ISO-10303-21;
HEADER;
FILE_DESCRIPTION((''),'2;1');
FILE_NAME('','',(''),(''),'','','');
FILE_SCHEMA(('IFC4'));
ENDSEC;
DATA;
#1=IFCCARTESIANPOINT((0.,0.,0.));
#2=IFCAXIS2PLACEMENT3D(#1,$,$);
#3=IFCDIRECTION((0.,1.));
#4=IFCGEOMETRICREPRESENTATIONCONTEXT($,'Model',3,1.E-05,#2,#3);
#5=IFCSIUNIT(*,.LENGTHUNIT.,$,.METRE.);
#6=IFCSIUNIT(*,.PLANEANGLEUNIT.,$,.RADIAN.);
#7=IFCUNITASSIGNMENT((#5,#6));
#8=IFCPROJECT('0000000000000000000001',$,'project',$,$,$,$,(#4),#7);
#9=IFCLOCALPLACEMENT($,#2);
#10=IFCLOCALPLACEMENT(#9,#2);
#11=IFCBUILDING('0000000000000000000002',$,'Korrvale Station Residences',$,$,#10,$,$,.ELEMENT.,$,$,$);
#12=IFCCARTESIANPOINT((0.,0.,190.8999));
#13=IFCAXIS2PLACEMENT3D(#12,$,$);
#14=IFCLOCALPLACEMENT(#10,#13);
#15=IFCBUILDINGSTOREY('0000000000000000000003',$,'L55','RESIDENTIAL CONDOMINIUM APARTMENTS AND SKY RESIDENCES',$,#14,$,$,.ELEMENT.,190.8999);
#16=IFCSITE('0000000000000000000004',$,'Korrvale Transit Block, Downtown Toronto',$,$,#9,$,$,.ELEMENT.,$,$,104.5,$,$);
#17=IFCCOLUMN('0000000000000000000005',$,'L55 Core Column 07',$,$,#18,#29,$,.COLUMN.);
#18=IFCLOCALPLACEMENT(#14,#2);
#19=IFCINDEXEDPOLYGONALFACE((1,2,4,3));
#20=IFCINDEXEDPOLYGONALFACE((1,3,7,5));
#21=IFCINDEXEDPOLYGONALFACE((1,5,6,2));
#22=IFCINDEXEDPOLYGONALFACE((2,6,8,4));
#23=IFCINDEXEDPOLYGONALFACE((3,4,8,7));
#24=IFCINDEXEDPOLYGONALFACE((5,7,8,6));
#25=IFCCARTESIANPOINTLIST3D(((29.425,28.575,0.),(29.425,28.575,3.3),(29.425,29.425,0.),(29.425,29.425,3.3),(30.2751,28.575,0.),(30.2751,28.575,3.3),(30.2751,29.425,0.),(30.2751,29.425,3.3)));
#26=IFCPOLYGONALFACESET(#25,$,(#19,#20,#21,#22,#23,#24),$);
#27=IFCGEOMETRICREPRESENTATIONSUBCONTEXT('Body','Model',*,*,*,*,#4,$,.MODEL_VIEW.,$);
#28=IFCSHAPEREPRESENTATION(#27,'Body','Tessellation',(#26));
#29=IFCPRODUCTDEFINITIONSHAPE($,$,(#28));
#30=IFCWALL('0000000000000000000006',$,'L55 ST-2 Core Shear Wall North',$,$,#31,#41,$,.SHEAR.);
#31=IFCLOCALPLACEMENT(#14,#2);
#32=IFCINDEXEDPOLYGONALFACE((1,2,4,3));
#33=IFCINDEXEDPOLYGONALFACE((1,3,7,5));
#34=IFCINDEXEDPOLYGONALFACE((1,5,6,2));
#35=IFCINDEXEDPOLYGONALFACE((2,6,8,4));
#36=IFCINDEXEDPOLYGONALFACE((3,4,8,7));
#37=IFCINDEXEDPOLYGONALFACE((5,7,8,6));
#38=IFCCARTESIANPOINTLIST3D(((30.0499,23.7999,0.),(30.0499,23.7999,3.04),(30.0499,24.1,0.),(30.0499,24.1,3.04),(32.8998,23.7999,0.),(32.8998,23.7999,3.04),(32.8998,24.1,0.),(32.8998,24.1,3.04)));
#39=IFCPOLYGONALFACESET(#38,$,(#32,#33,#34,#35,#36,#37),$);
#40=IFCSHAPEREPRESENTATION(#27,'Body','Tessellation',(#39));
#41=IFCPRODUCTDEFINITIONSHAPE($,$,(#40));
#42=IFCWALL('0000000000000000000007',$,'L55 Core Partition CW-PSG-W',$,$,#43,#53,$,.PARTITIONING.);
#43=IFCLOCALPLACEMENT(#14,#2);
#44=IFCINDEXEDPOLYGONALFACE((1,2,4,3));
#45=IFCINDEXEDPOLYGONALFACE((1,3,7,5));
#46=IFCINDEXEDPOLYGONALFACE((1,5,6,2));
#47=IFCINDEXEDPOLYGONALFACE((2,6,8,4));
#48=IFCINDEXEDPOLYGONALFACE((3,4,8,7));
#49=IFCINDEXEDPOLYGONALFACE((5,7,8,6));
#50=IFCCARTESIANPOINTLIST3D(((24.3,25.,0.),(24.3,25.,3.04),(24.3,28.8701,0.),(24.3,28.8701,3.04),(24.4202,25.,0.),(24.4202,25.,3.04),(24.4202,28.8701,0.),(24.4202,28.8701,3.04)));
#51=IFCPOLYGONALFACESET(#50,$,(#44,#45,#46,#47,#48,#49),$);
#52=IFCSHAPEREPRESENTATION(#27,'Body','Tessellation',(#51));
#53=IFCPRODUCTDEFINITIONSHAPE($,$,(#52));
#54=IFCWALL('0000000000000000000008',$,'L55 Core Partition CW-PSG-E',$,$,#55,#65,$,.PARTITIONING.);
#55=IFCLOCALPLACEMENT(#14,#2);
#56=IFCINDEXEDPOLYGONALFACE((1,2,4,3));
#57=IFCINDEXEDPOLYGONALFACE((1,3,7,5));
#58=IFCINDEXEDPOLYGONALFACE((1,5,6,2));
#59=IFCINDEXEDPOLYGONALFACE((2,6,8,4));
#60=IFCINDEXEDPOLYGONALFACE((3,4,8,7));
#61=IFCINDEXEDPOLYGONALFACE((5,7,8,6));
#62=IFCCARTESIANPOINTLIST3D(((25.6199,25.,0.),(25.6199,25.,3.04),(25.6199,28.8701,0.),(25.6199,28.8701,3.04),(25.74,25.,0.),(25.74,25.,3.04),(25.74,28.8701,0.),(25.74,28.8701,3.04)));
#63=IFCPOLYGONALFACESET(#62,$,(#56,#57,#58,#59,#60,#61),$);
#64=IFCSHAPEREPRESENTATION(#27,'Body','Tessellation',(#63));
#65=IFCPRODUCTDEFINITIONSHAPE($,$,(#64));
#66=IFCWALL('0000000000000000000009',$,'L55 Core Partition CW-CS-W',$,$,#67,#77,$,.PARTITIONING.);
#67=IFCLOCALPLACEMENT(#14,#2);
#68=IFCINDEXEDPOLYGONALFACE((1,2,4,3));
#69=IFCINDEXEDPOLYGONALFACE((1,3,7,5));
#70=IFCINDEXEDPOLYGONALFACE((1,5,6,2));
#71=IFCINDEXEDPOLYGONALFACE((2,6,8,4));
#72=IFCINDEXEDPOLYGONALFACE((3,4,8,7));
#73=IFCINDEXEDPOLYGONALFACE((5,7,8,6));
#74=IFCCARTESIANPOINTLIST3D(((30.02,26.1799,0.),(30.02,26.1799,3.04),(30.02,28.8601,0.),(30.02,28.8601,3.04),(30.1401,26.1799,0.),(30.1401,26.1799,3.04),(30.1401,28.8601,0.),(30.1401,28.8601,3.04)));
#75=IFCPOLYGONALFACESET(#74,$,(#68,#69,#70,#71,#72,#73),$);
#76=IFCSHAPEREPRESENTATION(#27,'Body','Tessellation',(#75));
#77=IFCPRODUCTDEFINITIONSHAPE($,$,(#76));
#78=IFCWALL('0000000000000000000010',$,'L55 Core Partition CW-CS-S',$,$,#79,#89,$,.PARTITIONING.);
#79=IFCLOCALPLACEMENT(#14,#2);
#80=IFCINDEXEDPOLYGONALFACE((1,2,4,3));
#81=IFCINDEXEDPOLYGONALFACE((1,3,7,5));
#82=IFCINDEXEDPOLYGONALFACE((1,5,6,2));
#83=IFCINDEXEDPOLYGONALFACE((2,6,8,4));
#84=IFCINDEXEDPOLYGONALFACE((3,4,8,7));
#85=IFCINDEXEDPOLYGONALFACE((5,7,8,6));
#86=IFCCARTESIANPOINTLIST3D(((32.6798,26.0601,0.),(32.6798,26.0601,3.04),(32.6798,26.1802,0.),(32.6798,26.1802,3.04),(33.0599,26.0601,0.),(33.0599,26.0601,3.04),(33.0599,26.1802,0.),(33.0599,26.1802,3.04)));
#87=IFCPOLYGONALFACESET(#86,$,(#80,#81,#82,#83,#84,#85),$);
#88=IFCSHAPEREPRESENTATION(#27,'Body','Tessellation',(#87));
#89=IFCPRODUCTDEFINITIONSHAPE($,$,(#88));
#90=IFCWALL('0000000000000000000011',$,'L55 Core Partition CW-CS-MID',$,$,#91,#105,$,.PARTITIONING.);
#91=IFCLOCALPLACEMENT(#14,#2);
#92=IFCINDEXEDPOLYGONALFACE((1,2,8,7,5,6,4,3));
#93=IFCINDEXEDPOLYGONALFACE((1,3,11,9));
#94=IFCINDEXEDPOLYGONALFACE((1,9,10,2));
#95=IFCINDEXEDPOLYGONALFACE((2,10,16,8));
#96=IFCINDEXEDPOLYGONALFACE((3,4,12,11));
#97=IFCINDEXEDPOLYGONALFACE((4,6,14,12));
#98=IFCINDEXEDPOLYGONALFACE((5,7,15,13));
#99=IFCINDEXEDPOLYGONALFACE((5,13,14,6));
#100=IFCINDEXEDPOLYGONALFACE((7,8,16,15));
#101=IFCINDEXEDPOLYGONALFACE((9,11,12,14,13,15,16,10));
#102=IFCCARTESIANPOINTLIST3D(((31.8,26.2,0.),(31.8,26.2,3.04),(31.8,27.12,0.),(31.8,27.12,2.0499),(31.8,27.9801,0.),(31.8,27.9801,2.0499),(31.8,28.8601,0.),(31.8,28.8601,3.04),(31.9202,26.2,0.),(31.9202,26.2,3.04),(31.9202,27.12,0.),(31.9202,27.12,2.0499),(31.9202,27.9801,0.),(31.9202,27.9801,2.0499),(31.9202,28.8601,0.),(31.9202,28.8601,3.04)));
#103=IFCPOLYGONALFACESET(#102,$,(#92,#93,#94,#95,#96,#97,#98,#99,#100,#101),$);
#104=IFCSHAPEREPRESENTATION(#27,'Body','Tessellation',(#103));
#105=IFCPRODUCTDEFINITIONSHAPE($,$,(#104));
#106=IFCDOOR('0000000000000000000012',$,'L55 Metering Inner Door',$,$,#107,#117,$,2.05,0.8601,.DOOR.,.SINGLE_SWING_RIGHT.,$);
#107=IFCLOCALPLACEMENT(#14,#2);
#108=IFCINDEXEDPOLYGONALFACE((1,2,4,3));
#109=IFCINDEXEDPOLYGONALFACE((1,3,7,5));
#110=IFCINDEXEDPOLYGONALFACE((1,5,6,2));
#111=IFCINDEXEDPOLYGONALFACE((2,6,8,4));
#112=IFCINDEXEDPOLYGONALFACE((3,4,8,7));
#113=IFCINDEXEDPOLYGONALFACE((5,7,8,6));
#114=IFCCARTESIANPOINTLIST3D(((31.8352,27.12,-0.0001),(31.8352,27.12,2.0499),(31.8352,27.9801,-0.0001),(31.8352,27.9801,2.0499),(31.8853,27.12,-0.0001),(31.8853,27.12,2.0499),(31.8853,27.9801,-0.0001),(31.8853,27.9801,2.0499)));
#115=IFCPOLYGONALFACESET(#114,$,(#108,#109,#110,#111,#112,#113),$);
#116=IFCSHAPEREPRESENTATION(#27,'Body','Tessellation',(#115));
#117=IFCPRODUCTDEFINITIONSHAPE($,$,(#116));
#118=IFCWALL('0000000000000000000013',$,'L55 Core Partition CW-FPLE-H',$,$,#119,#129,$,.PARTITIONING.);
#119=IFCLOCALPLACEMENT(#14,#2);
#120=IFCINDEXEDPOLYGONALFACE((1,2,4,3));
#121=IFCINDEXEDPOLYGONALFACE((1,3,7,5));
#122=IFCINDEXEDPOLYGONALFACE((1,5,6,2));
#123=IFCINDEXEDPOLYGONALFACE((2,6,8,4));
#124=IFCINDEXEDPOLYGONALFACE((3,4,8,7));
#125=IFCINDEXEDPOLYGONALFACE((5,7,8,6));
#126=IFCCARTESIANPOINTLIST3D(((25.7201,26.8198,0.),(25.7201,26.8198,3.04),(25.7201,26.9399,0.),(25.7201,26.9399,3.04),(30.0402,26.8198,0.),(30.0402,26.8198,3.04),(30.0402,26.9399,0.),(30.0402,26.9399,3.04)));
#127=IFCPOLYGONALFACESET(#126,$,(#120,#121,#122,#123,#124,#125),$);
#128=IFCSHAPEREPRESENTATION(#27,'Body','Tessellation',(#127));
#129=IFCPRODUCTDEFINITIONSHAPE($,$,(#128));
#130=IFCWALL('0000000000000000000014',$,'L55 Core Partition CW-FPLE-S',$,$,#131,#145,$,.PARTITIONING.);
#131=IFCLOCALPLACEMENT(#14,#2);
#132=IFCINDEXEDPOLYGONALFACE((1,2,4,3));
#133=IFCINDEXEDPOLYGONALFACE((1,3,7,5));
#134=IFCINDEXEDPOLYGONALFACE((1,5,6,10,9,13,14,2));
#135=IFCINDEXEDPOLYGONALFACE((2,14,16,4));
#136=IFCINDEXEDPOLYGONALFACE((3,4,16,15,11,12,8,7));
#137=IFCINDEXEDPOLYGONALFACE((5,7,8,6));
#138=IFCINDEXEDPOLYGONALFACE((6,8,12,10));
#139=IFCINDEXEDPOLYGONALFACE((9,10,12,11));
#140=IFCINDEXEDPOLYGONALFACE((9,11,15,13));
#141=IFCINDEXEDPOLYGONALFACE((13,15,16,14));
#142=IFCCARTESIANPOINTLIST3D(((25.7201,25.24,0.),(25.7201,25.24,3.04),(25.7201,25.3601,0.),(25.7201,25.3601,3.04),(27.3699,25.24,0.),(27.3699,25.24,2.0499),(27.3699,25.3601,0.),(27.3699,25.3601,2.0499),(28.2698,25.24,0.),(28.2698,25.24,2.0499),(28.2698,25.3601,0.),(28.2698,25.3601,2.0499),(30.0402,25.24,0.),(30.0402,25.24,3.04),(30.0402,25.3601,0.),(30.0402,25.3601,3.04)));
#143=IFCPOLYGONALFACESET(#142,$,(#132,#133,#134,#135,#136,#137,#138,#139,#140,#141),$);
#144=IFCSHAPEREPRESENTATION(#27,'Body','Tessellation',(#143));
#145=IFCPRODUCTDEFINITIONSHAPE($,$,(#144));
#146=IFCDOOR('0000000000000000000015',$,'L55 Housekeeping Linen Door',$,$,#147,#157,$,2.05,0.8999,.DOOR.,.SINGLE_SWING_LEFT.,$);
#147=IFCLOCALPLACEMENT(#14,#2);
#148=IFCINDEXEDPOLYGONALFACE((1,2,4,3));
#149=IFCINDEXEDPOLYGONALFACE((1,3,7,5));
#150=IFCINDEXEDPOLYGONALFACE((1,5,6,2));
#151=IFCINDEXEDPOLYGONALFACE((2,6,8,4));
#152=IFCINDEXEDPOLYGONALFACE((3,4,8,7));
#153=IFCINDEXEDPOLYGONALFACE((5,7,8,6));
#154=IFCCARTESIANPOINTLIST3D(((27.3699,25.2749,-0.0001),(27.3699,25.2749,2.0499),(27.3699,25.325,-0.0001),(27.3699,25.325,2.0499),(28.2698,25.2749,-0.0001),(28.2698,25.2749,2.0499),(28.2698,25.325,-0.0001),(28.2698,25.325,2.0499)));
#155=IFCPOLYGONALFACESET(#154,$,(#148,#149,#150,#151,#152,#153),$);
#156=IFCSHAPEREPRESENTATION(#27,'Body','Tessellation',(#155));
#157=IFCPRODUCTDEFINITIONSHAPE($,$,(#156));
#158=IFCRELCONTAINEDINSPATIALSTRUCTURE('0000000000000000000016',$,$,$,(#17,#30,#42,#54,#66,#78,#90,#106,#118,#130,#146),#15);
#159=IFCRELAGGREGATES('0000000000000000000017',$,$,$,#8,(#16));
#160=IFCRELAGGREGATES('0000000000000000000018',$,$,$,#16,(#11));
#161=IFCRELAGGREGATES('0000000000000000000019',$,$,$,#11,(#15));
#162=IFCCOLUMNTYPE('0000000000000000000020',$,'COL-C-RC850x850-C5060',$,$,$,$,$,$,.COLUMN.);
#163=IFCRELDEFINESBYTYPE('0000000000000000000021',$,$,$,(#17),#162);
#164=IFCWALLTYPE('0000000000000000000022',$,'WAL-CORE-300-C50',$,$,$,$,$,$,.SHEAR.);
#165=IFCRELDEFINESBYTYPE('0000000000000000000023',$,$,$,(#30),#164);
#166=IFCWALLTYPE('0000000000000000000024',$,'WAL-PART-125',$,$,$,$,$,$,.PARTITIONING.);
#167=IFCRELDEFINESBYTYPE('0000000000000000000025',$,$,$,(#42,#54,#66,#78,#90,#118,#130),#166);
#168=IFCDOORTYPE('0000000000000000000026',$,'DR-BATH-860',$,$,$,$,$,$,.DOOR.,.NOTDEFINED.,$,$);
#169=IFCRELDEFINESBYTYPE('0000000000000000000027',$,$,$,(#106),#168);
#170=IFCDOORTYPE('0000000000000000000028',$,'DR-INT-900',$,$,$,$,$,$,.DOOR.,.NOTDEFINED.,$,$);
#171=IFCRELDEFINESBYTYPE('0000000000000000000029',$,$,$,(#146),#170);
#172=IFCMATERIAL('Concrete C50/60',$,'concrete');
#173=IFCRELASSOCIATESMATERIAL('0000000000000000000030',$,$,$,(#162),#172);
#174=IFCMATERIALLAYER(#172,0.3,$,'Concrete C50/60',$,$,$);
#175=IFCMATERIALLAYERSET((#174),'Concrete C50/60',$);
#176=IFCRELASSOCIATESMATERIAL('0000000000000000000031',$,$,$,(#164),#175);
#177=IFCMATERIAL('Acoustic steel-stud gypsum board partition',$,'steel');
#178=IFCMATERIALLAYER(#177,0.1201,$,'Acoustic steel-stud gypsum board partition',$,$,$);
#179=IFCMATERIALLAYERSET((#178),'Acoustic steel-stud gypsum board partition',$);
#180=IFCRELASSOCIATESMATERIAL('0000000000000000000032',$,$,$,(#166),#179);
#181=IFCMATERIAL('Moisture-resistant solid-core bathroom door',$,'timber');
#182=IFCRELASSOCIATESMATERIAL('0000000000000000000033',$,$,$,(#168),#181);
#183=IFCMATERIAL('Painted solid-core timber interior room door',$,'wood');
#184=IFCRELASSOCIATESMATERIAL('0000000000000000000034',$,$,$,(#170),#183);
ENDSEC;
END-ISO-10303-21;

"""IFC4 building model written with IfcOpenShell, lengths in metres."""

from ifc_helpers import new_model, si_unit, direction, frame, frame_2d, origin, origin_2d, place, context, subcontext, project, spatial, rectangle, extrude, material, layer, layer_set, material_profile, profile_set, type_object, element, fill, save


model = new_model("IFC4")

# Units and contexts
model_context = context("Model", 3, precision=1e-05, world=origin(), true_north=direction((0.0, 1.0)))
body_context = subcontext(model_context, "Body", "Model", "MODEL_VIEW")
ifc_project = project(units=[si_unit("LENGTHUNIT", "METRE"), si_unit("PLANEANGLEUNIT", "RADIAN")], contexts=[model_context])

# Site, building, storey
site_placement = place(None, origin())
site = spatial("IfcSite", under=ifc_project, at=site_placement, Name="Korrvale Transit Block, Downtown Toronto", CompositionType="ELEMENT", RefElevation=104.5)
building_placement = place(site_placement, origin())
building = spatial("IfcBuilding", under=site, at=building_placement, Name="Korrvale Station Residences", CompositionType="ELEMENT")
storey_placement = place(building_placement, frame((0.0, 0.0, 190.8999)))
storey = spatial("IfcBuildingStorey", under=building, at=storey_placement, Name="L55", Description="RESIDENTIAL CONDOMINIUM APARTMENTS AND SKY RESIDENCES", CompositionType="ELEMENT", Elevation=190.8999)

# Column
ifc_material_1 = material(Name="Concrete C50/60", Category="concrete")
ifc_material_profile = material_profile(ifc_material_1, rectangle(XDim=0.8501, YDim=0.8501, at=origin_2d()), Name="RC850x850")
ifc_profile_set = profile_set([ifc_material_profile], Name="Concrete C50/60")
column_type = type_object("IfcColumnType", Name="COL-C-RC850x850-C5060", PredefinedType="COLUMN", material=ifc_profile_set)
column_placement = place(storey_placement, frame((29.8501, 29.0, 0.0), z_axis=(0.0, 0.0, 1.0), x_axis=(1.0, 0.0, 0.0)))
element("IfcColumn", 1, at=column_placement, inside=storey, type_object=column_type, Name="L55 Core Column 07", PredefinedType="COLUMN", context=body_context, shape_type="SweptSolid", body=[
    extrude(rectangle(XDim=0.8501, YDim=0.8501, at=origin_2d()), origin(), (0.0, 0.0, 1.0), 3.3),
])

# Walls
ifc_layer_1 = layer(ifc_material_1, 0.3, Name="Concrete C50/60")
ifc_layer_set_1 = layer_set([ifc_layer_1], Name="Concrete C50/60")
wall_type_1 = type_object("IfcWallType", Name="WAL-CORE-300-C50", PredefinedType="SHEAR", material=ifc_layer_set_1)
wall_1_placement = place(storey_placement, frame((30.05, 23.95, 0.0), z_axis=(0.0, 0.0, 1.0), x_axis=(1.0, 0.0, 0.0)))
element("IfcWall", 2, at=wall_1_placement, inside=storey, type_object=wall_type_1, Name="L55 ST-2 Core Shear Wall North", PredefinedType="SHEAR", context=body_context, shape_type="SweptSolid", body=[
    extrude(rectangle(XDim=2.8499, YDim=0.3, at=frame_2d((1.4248, 0.0))), origin(), (0.0, 0.0, 1.0), 3.04),
])
ifc_material_2 = material(Name="Acoustic steel-stud gypsum board partition", Category="steel")
ifc_layer_2 = layer(ifc_material_2, 0.1201, Name="Acoustic steel-stud gypsum board partition")
ifc_layer_set_2 = layer_set([ifc_layer_2], Name="Acoustic steel-stud gypsum board partition")
wall_type_2 = type_object("IfcWallType", Name="WAL-PART-125", PredefinedType="PARTITIONING", material=ifc_layer_set_2)
for number, where, z_axis, x_axis, name in (
    (3, (24.3601, 25.0, 0.0), (0.0, 0.0, 1.0), (0.0, 1.0, 0.0), "L55 Core Partition CW-PSG-W"),
    (4, (25.6799, 25.0, 0.0), (0.0, 0.0, 1.0), (0.0, 1.0, 0.0), "L55 Core Partition CW-PSG-E"),
):
    element("IfcWall", number, at=place(storey_placement, frame(where, z_axis=z_axis, x_axis=x_axis)), inside=storey, type_object=wall_type_2, Name=name, PredefinedType="PARTITIONING", context=body_context, shape_type="SweptSolid", body=[
        extrude(rectangle(XDim=3.8701, YDim=0.1201, at=frame_2d((1.9351, 0.0))), origin(), (0.0, 0.0, 1.0), 3.04),
    ])
wall_2_placement = place(storey_placement, frame((30.0801, 26.1799, 0.0), z_axis=(0.0, 0.0, 1.0), x_axis=(0.0, 1.0, 0.0)))
element("IfcWall", 5, at=wall_2_placement, inside=storey, type_object=wall_type_2, Name="L55 Core Partition CW-CS-W", PredefinedType="PARTITIONING", context=body_context, shape_type="SweptSolid", body=[
    extrude(rectangle(XDim=2.6802, YDim=0.1201, at=frame_2d((1.3401, 0.0))), origin(), (0.0, 0.0, 1.0), 3.04),
])
wall_3_placement = place(storey_placement, frame((32.6799, 26.1201, 0.0), z_axis=(0.0, 0.0, 1.0), x_axis=(1.0, 0.0, 0.0)))
element("IfcWall", 6, at=wall_3_placement, inside=storey, type_object=wall_type_2, Name="L55 Core Partition CW-CS-S", PredefinedType="PARTITIONING", context=body_context, shape_type="SweptSolid", body=[
    extrude(rectangle(XDim=0.3801, YDim=0.1201, at=frame_2d((0.1899, 0.0))), origin(), (0.0, 0.0, 1.0), 3.04),
])

# Wall, opening, door
wall_4_placement = place(storey_placement, frame((31.8601, 26.2, 0.0), z_axis=(0.0, 0.0, 1.0), x_axis=(0.0, 1.0, 0.0)))
wall_4 = element("IfcWall", 7, at=wall_4_placement, inside=storey, type_object=wall_type_2, Name="L55 Core Partition CW-CS-MID", PredefinedType="PARTITIONING", context=body_context, shape_type="SweptSolid", body=[
    extrude(rectangle(XDim=2.6602, YDim=0.1201, at=frame_2d((1.3301, 0.0))), origin(), (0.0, 0.0, 1.0), 3.04),
])
opening_1_placement = place(wall_4_placement, frame((0.9199, 0.0, 0.0)))
opening_1 = element("IfcOpeningElement", 8, at=opening_1_placement, cuts=wall_4, PredefinedType="OPENING", context=body_context, shape_type="SweptSolid", body=[
    extrude(rectangle(XDim=0.8601, YDim=2.05, at=frame_2d((0.4302, 1.0249))), frame((0.0, 0.0701, 0.0), z_axis=(0.0, -1.0, 0.0), x_axis=(1.0, 0.0, 0.0)), (0.0, 0.0, 1.0), 0.1401),
])
ifc_material_3 = material(Name="Moisture-resistant solid-core bathroom door", Category="timber")
door_type_1 = type_object("IfcDoorType", Name="DR-BATH-860", OperationType="NOTDEFINED", PredefinedType="DOOR", material=ifc_material_3)
door_1_placement = place(opening_1_placement, origin())
door_1 = element("IfcDoor", 9, at=door_1_placement, inside=storey, type_object=door_type_1, Name="L55 Metering Inner Door", OperationType="SINGLE_SWING_RIGHT", OverallHeight=2.05, OverallWidth=0.8601, PredefinedType="DOOR", context=body_context, shape_type="SweptSolid", body=[
    extrude(rectangle(XDim=0.8601, YDim=2.05, at=frame_2d((0.4302, 1.0249))), frame((0.0, 0.0249, 0.0), z_axis=(0.0, -1.0, 0.0), x_axis=(1.0, 0.0, 0.0)), (0.0, 0.0, 1.0), 0.05),
])
fill(opening_1, door_1)

# Wall
wall_5_placement = place(storey_placement, frame((25.72, 26.8799, 0.0), z_axis=(0.0, 0.0, 1.0), x_axis=(1.0, 0.0, 0.0)))
element("IfcWall", 10, at=wall_5_placement, inside=storey, type_object=wall_type_2, Name="L55 Core Partition CW-FPLE-H", PredefinedType="PARTITIONING", context=body_context, shape_type="SweptSolid", body=[
    extrude(rectangle(XDim=4.3201, YDim=0.1201, at=frame_2d((2.1602, 0.0))), origin(), (0.0, 0.0, 1.0), 3.04),
])

# Wall, opening, door
wall_6_placement = place(storey_placement, frame((25.72, 25.3, 0.0), z_axis=(0.0, 0.0, 1.0), x_axis=(1.0, 0.0, 0.0)))
wall_6 = element("IfcWall", 11, at=wall_6_placement, inside=storey, type_object=wall_type_2, Name="L55 Core Partition CW-FPLE-S", PredefinedType="PARTITIONING", context=body_context, shape_type="SweptSolid", body=[
    extrude(rectangle(XDim=4.3201, YDim=0.1201, at=frame_2d((2.1602, 0.0))), origin(), (0.0, 0.0, 1.0), 3.04),
])
opening_2_placement = place(wall_6_placement, frame((1.6499, 0.0, 0.0)))
opening_2 = element("IfcOpeningElement", 12, at=opening_2_placement, cuts=wall_6, PredefinedType="OPENING", context=body_context, shape_type="SweptSolid", body=[
    extrude(rectangle(XDim=0.8999, YDim=2.05, at=frame_2d((0.45, 1.0249))), frame((0.0, 0.0701, 0.0), z_axis=(0.0, -1.0, 0.0), x_axis=(1.0, 0.0, 0.0)), (0.0, 0.0, 1.0), 0.1401),
])
ifc_material_4 = material(Name="Painted solid-core timber interior room door", Category="wood")
door_type_2 = type_object("IfcDoorType", Name="DR-INT-900", OperationType="NOTDEFINED", PredefinedType="DOOR", material=ifc_material_4)
door_2_placement = place(opening_2_placement, origin())
door_2 = element("IfcDoor", 13, at=door_2_placement, inside=storey, type_object=door_type_2, Name="L55 Housekeeping Linen Door", OperationType="SINGLE_SWING_LEFT", OverallHeight=2.05, OverallWidth=0.8999, PredefinedType="DOOR", context=body_context, shape_type="SweptSolid", body=[
    extrude(rectangle(XDim=0.8999, YDim=2.05, at=frame_2d((0.45, 1.0249))), frame((0.0, 0.0249, 0.0), z_axis=(0.0, -1.0, 0.0), x_axis=(1.0, 0.0, 0.0)), (0.0, 0.0, 1.0), 0.05),
])
fill(opening_2, door_2)

save(model, "model.ifc")
